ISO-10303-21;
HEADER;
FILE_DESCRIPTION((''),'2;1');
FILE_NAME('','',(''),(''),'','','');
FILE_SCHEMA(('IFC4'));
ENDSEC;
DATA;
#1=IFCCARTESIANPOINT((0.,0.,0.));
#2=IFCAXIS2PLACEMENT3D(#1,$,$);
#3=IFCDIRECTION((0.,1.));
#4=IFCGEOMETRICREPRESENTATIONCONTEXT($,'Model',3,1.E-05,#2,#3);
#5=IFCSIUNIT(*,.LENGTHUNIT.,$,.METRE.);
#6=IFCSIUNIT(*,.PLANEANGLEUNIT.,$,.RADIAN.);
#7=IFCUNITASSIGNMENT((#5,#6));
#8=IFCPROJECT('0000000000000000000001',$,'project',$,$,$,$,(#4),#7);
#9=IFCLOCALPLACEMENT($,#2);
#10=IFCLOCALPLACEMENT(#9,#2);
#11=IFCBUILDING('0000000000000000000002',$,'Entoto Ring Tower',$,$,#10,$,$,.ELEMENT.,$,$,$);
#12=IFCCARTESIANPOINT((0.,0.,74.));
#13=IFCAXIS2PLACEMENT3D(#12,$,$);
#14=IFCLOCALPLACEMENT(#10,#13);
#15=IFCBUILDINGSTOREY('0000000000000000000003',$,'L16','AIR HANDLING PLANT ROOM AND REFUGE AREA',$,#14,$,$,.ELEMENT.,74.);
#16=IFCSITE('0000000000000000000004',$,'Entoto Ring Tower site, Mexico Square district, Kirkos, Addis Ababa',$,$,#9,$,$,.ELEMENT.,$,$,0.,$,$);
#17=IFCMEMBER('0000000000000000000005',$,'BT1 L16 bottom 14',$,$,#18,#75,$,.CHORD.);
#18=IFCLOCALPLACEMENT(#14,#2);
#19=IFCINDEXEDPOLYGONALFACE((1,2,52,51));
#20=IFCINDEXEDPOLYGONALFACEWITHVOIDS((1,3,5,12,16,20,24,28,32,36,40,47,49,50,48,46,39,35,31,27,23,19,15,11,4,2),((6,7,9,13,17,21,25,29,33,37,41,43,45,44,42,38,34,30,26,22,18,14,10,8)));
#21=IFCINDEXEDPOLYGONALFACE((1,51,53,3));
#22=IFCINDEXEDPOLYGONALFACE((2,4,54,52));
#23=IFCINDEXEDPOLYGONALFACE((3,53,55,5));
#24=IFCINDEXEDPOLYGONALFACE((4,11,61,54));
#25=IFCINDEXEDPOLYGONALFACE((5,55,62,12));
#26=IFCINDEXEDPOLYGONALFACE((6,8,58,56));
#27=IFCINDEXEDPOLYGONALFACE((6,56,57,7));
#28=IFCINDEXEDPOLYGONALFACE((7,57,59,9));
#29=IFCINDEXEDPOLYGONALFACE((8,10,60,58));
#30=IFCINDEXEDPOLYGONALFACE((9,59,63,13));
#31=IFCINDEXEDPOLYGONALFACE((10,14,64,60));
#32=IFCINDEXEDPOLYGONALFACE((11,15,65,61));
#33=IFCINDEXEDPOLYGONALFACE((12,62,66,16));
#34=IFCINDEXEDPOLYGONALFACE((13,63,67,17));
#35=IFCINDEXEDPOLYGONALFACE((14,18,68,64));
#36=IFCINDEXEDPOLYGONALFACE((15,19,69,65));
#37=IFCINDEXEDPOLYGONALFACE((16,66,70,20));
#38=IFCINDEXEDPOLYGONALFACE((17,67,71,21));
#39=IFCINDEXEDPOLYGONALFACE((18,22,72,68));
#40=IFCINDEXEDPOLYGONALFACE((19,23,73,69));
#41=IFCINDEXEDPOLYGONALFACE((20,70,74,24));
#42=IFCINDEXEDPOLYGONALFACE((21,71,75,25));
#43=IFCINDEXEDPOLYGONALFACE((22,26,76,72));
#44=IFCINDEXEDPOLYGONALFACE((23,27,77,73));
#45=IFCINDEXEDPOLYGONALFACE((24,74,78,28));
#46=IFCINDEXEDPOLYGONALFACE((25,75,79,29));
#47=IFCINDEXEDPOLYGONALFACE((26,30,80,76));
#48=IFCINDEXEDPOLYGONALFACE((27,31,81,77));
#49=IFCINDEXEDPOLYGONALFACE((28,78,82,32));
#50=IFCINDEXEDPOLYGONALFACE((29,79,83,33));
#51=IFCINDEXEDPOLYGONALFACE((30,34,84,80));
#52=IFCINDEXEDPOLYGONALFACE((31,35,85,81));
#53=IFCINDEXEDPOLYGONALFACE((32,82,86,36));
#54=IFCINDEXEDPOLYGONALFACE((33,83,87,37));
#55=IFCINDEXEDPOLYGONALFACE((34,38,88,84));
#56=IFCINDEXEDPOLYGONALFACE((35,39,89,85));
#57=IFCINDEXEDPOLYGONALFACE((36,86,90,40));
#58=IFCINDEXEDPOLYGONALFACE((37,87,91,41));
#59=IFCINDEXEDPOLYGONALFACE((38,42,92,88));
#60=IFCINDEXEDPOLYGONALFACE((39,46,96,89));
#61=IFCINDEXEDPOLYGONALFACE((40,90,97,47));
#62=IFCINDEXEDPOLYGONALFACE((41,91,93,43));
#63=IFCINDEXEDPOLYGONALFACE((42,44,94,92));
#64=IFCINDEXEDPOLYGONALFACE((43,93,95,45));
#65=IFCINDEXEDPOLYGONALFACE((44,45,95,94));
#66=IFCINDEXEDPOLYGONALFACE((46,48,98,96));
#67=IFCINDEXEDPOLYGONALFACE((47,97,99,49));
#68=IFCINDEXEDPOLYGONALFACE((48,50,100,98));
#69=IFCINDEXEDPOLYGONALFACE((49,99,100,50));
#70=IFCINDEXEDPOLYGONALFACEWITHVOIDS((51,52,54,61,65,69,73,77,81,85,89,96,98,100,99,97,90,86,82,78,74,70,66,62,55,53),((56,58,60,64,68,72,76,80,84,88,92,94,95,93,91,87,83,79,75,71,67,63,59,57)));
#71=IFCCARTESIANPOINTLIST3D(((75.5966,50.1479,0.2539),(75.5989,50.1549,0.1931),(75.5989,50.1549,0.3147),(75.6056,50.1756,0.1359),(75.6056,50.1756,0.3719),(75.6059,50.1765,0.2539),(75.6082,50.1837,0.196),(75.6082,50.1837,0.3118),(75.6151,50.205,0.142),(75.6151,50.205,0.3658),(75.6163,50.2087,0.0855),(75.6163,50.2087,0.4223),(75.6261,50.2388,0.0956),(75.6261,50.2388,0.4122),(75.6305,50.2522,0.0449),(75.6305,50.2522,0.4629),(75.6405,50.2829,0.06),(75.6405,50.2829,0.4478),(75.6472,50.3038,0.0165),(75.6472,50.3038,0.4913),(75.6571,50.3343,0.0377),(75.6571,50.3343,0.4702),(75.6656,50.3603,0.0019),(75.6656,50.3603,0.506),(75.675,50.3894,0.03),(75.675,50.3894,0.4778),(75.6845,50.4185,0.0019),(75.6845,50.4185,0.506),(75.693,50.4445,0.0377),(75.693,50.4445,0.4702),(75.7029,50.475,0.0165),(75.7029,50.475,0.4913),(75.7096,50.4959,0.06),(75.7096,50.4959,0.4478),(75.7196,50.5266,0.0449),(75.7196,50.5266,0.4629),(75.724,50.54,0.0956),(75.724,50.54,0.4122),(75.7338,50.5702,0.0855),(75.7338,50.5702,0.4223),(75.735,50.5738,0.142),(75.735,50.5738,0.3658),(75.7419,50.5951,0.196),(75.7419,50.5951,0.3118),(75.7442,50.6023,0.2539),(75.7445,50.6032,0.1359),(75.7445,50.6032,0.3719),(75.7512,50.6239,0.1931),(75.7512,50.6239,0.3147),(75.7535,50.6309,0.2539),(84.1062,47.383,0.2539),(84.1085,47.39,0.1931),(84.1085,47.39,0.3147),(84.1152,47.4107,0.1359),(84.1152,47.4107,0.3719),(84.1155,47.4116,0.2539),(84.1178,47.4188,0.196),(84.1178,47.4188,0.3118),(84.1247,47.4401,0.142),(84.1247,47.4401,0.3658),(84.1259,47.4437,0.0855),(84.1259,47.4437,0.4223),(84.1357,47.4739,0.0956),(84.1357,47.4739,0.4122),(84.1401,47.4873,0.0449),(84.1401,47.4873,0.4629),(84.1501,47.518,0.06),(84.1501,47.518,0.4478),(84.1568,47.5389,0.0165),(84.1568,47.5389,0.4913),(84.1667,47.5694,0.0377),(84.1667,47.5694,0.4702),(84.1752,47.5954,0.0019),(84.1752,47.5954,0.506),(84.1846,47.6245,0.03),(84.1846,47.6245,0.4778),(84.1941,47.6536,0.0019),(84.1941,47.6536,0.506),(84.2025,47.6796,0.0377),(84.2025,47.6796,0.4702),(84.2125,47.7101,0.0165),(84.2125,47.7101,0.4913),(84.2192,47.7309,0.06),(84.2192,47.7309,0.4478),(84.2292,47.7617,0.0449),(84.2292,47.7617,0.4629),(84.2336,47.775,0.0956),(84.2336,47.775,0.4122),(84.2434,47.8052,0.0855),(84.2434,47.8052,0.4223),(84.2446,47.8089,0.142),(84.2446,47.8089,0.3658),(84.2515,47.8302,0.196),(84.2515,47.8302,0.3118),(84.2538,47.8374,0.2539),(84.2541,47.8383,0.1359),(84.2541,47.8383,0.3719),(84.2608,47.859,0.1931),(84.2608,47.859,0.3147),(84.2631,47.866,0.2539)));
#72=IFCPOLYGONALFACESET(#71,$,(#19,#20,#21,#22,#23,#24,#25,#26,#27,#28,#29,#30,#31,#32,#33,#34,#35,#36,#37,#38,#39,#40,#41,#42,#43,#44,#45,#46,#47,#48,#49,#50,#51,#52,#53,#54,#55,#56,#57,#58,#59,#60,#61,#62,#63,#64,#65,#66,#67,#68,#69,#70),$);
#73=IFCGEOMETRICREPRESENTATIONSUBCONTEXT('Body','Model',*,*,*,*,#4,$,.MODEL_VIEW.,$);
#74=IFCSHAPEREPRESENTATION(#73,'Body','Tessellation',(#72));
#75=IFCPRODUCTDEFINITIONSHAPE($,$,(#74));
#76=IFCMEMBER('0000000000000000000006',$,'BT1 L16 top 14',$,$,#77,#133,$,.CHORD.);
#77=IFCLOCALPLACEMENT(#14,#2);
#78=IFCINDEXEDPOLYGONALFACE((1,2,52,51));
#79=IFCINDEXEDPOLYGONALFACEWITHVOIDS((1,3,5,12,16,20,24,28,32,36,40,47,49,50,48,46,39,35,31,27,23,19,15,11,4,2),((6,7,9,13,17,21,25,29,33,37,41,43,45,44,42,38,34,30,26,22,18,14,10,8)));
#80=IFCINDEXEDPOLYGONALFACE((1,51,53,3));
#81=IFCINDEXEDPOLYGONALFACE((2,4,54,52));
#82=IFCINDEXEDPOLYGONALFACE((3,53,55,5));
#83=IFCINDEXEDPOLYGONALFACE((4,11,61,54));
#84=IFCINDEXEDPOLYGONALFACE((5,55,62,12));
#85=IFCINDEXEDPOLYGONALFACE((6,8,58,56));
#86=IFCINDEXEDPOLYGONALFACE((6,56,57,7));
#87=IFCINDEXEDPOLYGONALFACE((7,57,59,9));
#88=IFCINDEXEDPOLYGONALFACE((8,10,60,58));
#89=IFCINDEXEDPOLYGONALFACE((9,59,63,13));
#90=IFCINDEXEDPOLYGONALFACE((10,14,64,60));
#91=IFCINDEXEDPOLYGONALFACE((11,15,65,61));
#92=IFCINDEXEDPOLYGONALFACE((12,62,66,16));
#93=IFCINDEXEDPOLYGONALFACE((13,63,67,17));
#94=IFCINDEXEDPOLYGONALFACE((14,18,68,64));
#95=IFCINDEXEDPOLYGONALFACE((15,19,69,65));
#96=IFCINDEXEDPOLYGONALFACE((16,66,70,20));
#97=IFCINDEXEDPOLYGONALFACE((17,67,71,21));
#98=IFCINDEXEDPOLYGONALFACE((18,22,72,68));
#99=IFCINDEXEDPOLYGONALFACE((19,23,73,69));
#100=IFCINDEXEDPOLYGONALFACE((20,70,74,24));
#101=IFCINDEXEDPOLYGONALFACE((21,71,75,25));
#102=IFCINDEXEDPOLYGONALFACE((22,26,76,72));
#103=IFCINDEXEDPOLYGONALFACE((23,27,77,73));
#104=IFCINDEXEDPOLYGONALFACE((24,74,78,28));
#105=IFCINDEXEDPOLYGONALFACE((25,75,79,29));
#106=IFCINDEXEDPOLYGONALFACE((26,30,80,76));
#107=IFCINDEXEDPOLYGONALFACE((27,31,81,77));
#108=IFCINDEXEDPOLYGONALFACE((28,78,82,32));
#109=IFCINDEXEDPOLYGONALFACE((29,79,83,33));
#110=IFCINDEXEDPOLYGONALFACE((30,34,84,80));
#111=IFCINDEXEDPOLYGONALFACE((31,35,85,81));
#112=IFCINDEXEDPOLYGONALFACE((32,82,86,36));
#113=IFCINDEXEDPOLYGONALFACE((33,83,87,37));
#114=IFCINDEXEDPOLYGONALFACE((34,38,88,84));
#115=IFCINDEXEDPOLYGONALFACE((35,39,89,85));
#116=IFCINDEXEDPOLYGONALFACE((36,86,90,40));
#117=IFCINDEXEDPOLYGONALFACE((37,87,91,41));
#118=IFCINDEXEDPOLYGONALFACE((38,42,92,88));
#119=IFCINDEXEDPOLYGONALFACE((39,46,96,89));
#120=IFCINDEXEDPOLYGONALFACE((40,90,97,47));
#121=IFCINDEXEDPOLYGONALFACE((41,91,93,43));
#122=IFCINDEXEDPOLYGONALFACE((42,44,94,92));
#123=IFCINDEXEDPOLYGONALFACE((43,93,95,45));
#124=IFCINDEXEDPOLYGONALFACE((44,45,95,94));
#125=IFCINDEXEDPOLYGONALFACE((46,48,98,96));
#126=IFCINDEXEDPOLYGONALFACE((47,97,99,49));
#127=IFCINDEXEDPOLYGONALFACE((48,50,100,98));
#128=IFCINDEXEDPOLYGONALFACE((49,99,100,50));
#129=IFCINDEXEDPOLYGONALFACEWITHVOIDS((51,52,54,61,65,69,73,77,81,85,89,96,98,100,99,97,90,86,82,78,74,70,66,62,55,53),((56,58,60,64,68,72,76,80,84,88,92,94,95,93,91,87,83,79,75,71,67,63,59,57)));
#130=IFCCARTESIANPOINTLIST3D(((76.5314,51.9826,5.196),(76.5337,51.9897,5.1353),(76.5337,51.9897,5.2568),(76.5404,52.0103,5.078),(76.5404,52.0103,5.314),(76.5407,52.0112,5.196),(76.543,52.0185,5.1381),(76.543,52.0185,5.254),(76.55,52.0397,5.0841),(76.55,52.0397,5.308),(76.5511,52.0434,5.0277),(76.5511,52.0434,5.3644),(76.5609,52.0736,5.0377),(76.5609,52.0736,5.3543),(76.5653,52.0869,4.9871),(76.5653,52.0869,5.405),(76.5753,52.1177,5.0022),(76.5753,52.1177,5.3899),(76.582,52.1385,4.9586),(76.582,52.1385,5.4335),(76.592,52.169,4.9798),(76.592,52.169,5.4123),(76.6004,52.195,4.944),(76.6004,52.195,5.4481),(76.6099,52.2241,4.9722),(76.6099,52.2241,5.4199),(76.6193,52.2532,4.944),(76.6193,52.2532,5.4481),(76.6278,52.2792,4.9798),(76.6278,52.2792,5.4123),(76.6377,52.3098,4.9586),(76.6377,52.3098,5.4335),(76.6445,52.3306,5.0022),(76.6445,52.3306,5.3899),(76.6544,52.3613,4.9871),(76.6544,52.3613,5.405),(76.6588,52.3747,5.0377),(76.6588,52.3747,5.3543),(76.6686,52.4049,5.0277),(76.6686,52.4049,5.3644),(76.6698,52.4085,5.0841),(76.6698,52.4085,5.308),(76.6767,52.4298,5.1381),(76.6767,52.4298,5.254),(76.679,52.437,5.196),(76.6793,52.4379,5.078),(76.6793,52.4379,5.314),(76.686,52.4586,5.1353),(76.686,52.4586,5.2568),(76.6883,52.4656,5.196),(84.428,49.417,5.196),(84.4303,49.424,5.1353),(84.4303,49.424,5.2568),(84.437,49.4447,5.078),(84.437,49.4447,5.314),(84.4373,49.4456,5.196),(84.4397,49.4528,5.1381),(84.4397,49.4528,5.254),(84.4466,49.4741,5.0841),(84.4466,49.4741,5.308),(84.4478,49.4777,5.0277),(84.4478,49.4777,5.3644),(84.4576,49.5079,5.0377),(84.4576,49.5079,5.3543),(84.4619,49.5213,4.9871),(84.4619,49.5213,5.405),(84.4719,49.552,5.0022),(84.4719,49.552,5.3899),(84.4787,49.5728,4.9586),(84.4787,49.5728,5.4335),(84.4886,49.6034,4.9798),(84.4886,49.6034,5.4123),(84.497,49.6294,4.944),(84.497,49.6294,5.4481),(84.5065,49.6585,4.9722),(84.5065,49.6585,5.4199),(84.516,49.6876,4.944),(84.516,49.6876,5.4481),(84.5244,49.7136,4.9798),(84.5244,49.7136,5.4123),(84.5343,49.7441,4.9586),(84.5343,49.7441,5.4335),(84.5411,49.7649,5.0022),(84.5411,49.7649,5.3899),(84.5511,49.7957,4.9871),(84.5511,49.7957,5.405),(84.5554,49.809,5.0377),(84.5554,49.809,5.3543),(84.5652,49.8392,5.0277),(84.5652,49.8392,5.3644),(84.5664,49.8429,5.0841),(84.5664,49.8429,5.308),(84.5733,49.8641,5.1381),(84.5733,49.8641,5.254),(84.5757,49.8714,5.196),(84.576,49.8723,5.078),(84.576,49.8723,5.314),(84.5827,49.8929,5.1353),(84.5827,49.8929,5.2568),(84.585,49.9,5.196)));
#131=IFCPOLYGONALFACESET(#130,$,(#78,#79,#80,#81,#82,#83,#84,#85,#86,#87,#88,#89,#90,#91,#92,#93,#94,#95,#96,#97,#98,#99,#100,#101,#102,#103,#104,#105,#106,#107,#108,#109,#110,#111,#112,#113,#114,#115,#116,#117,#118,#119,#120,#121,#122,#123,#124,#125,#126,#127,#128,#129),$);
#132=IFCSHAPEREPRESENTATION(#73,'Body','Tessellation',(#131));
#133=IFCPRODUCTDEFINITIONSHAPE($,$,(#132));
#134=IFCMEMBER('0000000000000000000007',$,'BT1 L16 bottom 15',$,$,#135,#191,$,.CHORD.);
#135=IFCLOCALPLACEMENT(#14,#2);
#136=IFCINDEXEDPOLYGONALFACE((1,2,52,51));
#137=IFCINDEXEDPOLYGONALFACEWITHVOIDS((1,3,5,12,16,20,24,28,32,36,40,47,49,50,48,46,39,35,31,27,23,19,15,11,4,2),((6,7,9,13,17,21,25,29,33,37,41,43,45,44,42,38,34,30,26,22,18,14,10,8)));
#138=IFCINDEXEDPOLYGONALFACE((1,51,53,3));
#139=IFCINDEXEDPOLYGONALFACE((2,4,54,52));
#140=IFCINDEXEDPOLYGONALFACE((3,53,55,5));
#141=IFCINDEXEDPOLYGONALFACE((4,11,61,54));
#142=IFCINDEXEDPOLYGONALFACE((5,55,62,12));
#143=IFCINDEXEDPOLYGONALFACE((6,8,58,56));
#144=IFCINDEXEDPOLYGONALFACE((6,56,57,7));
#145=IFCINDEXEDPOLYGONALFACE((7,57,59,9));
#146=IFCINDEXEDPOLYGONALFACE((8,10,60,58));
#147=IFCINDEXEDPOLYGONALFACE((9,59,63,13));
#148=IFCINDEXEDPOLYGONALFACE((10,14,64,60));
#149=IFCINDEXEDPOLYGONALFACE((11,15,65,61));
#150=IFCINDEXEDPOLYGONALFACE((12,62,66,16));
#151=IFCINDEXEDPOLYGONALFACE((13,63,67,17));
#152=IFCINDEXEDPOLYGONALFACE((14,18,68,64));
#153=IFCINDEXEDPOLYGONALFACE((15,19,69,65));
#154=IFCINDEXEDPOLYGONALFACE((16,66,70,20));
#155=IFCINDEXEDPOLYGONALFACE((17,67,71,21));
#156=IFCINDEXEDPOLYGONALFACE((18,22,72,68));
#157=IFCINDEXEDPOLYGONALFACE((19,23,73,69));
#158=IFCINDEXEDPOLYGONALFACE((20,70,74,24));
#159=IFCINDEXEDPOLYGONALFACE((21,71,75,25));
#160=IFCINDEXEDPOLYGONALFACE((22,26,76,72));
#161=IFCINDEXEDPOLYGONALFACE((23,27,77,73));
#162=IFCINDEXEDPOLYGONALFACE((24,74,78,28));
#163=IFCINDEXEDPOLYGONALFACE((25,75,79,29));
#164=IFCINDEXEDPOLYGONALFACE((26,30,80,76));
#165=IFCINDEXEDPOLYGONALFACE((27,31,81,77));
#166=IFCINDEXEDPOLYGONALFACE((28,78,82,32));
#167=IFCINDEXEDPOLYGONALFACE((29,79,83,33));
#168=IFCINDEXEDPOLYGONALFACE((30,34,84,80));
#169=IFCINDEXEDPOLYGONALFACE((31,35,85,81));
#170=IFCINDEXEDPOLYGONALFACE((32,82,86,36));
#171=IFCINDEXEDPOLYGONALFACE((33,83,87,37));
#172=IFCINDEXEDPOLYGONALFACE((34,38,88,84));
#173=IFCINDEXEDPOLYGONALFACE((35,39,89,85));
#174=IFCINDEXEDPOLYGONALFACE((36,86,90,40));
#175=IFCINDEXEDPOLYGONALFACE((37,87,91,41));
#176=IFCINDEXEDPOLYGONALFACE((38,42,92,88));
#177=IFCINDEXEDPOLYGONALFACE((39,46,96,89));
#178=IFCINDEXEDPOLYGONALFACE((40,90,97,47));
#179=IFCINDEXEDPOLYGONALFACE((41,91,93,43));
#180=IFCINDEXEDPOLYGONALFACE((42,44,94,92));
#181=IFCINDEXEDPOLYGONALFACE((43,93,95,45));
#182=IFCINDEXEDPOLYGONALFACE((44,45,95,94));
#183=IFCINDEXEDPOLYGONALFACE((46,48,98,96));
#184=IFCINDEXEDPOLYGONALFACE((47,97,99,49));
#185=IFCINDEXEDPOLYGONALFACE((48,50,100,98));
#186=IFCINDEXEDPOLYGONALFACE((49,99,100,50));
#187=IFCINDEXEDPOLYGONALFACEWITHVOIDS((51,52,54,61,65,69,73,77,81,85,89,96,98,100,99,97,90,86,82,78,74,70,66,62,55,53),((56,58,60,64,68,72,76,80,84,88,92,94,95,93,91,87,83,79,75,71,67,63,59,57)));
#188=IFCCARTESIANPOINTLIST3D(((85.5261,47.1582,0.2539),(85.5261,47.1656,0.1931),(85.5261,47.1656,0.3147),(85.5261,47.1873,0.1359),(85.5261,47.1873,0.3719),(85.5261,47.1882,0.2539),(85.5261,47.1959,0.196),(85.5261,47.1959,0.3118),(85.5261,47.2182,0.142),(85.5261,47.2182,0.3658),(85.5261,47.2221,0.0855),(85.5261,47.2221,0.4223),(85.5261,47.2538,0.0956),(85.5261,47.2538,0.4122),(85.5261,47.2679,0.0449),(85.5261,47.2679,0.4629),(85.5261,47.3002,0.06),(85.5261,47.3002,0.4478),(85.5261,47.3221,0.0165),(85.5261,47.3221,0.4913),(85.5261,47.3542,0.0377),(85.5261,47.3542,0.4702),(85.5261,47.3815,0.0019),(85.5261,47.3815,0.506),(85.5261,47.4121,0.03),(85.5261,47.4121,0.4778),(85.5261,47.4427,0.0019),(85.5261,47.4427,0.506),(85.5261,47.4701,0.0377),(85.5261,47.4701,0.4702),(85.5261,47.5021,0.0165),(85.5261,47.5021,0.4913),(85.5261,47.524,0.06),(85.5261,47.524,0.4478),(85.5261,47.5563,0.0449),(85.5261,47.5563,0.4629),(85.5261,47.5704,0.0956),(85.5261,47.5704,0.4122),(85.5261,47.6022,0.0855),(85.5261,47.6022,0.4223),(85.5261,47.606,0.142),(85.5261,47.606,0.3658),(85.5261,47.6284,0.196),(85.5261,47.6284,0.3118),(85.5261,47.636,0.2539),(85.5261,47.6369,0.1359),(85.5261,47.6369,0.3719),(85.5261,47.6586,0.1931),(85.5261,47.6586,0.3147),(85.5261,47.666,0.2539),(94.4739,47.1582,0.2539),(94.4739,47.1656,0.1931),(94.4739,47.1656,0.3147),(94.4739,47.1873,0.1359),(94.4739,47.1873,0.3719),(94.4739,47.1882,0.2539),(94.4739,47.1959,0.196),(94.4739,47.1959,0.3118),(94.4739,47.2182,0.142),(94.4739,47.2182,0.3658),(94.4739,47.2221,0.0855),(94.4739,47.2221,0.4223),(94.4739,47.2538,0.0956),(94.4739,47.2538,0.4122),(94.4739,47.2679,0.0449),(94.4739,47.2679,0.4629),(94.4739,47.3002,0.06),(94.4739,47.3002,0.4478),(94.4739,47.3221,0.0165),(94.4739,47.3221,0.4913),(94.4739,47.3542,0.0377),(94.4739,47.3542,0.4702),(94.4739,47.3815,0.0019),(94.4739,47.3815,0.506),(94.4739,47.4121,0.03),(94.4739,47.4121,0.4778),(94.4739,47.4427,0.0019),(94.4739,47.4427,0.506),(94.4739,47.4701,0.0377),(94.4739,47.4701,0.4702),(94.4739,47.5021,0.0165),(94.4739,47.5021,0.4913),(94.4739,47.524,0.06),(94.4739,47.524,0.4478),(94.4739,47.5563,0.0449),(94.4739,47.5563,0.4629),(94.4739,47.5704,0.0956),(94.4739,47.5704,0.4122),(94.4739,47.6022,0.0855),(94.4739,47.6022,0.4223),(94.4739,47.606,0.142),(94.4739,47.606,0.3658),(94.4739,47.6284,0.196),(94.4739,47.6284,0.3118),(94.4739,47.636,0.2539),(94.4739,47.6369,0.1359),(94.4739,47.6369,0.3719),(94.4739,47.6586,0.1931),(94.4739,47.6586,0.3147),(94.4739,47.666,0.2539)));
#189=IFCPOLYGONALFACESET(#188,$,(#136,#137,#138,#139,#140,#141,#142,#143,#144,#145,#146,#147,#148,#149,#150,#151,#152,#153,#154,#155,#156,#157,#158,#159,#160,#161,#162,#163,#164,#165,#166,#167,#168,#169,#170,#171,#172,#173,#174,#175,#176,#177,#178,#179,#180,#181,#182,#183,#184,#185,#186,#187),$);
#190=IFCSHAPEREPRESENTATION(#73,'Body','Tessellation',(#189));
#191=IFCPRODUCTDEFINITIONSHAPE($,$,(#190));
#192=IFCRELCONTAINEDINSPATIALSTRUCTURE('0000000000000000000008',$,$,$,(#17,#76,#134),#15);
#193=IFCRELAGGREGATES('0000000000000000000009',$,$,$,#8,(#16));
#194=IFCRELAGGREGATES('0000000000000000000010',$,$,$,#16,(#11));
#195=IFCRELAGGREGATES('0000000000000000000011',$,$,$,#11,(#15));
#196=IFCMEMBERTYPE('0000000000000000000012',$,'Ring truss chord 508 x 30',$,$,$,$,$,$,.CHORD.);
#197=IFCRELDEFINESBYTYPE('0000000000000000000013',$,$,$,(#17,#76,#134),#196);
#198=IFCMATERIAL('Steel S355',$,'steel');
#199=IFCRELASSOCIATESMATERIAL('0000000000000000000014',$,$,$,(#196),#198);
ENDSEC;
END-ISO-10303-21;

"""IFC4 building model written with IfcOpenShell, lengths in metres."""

from ifc_helpers import new_model, si_unit, direction, frame, origin, origin_2d, place, context, subcontext, project, spatial, circle, hollow_circle, extrude, material, material_profile, profile_set, type_object, element, save


model = new_model("IFC4")

# Units and contexts
model_context = context("Model", 3, precision=1e-05, world=origin(), true_north=direction((0.0, 1.0)))
body_context = subcontext(model_context, "Body", "Model", "MODEL_VIEW")
ifc_project = project(units=[si_unit("LENGTHUNIT", "METRE"), si_unit("PLANEANGLEUNIT", "RADIAN")], contexts=[model_context])

# Site, building, storey
site_placement = place(None, origin())
site = spatial("IfcSite", under=ifc_project, at=site_placement, Name="Entoto Ring Tower site, Mexico Square district, Kirkos, Addis Ababa", CompositionType="ELEMENT", RefElevation=0.0)
building_placement = place(site_placement, origin())
building = spatial("IfcBuilding", under=site, at=building_placement, Name="Entoto Ring Tower", CompositionType="ELEMENT")
storey_placement = place(building_placement, frame((0.0, 0.0, 74.0)))
storey = spatial("IfcBuildingStorey", under=building, at=storey_placement, Name="L16", Description="AIR HANDLING PLANT ROOM AND REFUGE AREA", CompositionType="ELEMENT", Elevation=74.0)

# Members
ifc_material_1 = material(Name="Steel S355", Category="steel")
ifc_material_profile_1 = material_profile(ifc_material_1, hollow_circle(Radius=0.2539, WallThickness=0.03, at=origin_2d()), Name="CHS 508 x 30")
ifc_material_2 = material(Name="Concrete C60/75", Category="concrete")
ifc_material_profile_2 = material_profile(ifc_material_2, circle(Radius=0.2241, at=origin_2d()), Name="Concrete C60/75 infill")
ifc_profile_set_1 = profile_set([ifc_material_profile_1, ifc_material_profile_2], Name="Steel S355")
member_type_1 = type_object("IfcMemberType", Name="Ring truss chord 508 x 30", PredefinedType="CHORD", material=ifc_profile_set_1)
member_1_placement = place(storey_placement, frame((75.675, 50.3894, 0.2539), z_axis=(0.951057, -0.309015, 0.0), x_axis=(0.309015, 0.951057, 0.0)))
element("IfcMember", 1, at=member_1_placement, inside=storey, type_object=member_type_1, Name="BT1 L16 bottom 14", PredefinedType="CHORD", context=body_context, shape_type="SweptSolid", body=[
    extrude(hollow_circle(Radius=0.2539, WallThickness=0.03, at=origin_2d()), origin(), (0.0, 0.0, 1.0), 8.9475),
])
member_2_placement = place(storey_placement, frame((76.6099, 52.2241, 5.196), z_axis=(0.951061, -0.309003, 0.0), x_axis=(0.309003, 0.951061, 0.0)))
element("IfcMember", 2, at=member_2_placement, inside=storey, type_object=member_type_1, Name="BT1 L16 top 14", PredefinedType="CHORD", context=body_context, shape_type="SweptSolid", body=[
    extrude(hollow_circle(Radius=0.2539, WallThickness=0.03, at=origin_2d()), origin(), (0.0, 0.0, 1.0), 8.303),
])
member_3_placement = place(storey_placement, frame((85.5261, 47.4121, 0.2539), z_axis=(1.0, 0.0, 0.0), x_axis=(0.0, 1.0, 0.0)))
element("IfcMember", 3, at=member_3_placement, inside=storey, type_object=member_type_1, Name="BT1 L16 bottom 15", PredefinedType="CHORD", context=body_context, shape_type="SweptSolid", body=[
    extrude(hollow_circle(Radius=0.2539, WallThickness=0.03, at=origin_2d()), origin(), (0.0, 0.0, 1.0), 8.9478),
])

save(model, "model.ifc")
